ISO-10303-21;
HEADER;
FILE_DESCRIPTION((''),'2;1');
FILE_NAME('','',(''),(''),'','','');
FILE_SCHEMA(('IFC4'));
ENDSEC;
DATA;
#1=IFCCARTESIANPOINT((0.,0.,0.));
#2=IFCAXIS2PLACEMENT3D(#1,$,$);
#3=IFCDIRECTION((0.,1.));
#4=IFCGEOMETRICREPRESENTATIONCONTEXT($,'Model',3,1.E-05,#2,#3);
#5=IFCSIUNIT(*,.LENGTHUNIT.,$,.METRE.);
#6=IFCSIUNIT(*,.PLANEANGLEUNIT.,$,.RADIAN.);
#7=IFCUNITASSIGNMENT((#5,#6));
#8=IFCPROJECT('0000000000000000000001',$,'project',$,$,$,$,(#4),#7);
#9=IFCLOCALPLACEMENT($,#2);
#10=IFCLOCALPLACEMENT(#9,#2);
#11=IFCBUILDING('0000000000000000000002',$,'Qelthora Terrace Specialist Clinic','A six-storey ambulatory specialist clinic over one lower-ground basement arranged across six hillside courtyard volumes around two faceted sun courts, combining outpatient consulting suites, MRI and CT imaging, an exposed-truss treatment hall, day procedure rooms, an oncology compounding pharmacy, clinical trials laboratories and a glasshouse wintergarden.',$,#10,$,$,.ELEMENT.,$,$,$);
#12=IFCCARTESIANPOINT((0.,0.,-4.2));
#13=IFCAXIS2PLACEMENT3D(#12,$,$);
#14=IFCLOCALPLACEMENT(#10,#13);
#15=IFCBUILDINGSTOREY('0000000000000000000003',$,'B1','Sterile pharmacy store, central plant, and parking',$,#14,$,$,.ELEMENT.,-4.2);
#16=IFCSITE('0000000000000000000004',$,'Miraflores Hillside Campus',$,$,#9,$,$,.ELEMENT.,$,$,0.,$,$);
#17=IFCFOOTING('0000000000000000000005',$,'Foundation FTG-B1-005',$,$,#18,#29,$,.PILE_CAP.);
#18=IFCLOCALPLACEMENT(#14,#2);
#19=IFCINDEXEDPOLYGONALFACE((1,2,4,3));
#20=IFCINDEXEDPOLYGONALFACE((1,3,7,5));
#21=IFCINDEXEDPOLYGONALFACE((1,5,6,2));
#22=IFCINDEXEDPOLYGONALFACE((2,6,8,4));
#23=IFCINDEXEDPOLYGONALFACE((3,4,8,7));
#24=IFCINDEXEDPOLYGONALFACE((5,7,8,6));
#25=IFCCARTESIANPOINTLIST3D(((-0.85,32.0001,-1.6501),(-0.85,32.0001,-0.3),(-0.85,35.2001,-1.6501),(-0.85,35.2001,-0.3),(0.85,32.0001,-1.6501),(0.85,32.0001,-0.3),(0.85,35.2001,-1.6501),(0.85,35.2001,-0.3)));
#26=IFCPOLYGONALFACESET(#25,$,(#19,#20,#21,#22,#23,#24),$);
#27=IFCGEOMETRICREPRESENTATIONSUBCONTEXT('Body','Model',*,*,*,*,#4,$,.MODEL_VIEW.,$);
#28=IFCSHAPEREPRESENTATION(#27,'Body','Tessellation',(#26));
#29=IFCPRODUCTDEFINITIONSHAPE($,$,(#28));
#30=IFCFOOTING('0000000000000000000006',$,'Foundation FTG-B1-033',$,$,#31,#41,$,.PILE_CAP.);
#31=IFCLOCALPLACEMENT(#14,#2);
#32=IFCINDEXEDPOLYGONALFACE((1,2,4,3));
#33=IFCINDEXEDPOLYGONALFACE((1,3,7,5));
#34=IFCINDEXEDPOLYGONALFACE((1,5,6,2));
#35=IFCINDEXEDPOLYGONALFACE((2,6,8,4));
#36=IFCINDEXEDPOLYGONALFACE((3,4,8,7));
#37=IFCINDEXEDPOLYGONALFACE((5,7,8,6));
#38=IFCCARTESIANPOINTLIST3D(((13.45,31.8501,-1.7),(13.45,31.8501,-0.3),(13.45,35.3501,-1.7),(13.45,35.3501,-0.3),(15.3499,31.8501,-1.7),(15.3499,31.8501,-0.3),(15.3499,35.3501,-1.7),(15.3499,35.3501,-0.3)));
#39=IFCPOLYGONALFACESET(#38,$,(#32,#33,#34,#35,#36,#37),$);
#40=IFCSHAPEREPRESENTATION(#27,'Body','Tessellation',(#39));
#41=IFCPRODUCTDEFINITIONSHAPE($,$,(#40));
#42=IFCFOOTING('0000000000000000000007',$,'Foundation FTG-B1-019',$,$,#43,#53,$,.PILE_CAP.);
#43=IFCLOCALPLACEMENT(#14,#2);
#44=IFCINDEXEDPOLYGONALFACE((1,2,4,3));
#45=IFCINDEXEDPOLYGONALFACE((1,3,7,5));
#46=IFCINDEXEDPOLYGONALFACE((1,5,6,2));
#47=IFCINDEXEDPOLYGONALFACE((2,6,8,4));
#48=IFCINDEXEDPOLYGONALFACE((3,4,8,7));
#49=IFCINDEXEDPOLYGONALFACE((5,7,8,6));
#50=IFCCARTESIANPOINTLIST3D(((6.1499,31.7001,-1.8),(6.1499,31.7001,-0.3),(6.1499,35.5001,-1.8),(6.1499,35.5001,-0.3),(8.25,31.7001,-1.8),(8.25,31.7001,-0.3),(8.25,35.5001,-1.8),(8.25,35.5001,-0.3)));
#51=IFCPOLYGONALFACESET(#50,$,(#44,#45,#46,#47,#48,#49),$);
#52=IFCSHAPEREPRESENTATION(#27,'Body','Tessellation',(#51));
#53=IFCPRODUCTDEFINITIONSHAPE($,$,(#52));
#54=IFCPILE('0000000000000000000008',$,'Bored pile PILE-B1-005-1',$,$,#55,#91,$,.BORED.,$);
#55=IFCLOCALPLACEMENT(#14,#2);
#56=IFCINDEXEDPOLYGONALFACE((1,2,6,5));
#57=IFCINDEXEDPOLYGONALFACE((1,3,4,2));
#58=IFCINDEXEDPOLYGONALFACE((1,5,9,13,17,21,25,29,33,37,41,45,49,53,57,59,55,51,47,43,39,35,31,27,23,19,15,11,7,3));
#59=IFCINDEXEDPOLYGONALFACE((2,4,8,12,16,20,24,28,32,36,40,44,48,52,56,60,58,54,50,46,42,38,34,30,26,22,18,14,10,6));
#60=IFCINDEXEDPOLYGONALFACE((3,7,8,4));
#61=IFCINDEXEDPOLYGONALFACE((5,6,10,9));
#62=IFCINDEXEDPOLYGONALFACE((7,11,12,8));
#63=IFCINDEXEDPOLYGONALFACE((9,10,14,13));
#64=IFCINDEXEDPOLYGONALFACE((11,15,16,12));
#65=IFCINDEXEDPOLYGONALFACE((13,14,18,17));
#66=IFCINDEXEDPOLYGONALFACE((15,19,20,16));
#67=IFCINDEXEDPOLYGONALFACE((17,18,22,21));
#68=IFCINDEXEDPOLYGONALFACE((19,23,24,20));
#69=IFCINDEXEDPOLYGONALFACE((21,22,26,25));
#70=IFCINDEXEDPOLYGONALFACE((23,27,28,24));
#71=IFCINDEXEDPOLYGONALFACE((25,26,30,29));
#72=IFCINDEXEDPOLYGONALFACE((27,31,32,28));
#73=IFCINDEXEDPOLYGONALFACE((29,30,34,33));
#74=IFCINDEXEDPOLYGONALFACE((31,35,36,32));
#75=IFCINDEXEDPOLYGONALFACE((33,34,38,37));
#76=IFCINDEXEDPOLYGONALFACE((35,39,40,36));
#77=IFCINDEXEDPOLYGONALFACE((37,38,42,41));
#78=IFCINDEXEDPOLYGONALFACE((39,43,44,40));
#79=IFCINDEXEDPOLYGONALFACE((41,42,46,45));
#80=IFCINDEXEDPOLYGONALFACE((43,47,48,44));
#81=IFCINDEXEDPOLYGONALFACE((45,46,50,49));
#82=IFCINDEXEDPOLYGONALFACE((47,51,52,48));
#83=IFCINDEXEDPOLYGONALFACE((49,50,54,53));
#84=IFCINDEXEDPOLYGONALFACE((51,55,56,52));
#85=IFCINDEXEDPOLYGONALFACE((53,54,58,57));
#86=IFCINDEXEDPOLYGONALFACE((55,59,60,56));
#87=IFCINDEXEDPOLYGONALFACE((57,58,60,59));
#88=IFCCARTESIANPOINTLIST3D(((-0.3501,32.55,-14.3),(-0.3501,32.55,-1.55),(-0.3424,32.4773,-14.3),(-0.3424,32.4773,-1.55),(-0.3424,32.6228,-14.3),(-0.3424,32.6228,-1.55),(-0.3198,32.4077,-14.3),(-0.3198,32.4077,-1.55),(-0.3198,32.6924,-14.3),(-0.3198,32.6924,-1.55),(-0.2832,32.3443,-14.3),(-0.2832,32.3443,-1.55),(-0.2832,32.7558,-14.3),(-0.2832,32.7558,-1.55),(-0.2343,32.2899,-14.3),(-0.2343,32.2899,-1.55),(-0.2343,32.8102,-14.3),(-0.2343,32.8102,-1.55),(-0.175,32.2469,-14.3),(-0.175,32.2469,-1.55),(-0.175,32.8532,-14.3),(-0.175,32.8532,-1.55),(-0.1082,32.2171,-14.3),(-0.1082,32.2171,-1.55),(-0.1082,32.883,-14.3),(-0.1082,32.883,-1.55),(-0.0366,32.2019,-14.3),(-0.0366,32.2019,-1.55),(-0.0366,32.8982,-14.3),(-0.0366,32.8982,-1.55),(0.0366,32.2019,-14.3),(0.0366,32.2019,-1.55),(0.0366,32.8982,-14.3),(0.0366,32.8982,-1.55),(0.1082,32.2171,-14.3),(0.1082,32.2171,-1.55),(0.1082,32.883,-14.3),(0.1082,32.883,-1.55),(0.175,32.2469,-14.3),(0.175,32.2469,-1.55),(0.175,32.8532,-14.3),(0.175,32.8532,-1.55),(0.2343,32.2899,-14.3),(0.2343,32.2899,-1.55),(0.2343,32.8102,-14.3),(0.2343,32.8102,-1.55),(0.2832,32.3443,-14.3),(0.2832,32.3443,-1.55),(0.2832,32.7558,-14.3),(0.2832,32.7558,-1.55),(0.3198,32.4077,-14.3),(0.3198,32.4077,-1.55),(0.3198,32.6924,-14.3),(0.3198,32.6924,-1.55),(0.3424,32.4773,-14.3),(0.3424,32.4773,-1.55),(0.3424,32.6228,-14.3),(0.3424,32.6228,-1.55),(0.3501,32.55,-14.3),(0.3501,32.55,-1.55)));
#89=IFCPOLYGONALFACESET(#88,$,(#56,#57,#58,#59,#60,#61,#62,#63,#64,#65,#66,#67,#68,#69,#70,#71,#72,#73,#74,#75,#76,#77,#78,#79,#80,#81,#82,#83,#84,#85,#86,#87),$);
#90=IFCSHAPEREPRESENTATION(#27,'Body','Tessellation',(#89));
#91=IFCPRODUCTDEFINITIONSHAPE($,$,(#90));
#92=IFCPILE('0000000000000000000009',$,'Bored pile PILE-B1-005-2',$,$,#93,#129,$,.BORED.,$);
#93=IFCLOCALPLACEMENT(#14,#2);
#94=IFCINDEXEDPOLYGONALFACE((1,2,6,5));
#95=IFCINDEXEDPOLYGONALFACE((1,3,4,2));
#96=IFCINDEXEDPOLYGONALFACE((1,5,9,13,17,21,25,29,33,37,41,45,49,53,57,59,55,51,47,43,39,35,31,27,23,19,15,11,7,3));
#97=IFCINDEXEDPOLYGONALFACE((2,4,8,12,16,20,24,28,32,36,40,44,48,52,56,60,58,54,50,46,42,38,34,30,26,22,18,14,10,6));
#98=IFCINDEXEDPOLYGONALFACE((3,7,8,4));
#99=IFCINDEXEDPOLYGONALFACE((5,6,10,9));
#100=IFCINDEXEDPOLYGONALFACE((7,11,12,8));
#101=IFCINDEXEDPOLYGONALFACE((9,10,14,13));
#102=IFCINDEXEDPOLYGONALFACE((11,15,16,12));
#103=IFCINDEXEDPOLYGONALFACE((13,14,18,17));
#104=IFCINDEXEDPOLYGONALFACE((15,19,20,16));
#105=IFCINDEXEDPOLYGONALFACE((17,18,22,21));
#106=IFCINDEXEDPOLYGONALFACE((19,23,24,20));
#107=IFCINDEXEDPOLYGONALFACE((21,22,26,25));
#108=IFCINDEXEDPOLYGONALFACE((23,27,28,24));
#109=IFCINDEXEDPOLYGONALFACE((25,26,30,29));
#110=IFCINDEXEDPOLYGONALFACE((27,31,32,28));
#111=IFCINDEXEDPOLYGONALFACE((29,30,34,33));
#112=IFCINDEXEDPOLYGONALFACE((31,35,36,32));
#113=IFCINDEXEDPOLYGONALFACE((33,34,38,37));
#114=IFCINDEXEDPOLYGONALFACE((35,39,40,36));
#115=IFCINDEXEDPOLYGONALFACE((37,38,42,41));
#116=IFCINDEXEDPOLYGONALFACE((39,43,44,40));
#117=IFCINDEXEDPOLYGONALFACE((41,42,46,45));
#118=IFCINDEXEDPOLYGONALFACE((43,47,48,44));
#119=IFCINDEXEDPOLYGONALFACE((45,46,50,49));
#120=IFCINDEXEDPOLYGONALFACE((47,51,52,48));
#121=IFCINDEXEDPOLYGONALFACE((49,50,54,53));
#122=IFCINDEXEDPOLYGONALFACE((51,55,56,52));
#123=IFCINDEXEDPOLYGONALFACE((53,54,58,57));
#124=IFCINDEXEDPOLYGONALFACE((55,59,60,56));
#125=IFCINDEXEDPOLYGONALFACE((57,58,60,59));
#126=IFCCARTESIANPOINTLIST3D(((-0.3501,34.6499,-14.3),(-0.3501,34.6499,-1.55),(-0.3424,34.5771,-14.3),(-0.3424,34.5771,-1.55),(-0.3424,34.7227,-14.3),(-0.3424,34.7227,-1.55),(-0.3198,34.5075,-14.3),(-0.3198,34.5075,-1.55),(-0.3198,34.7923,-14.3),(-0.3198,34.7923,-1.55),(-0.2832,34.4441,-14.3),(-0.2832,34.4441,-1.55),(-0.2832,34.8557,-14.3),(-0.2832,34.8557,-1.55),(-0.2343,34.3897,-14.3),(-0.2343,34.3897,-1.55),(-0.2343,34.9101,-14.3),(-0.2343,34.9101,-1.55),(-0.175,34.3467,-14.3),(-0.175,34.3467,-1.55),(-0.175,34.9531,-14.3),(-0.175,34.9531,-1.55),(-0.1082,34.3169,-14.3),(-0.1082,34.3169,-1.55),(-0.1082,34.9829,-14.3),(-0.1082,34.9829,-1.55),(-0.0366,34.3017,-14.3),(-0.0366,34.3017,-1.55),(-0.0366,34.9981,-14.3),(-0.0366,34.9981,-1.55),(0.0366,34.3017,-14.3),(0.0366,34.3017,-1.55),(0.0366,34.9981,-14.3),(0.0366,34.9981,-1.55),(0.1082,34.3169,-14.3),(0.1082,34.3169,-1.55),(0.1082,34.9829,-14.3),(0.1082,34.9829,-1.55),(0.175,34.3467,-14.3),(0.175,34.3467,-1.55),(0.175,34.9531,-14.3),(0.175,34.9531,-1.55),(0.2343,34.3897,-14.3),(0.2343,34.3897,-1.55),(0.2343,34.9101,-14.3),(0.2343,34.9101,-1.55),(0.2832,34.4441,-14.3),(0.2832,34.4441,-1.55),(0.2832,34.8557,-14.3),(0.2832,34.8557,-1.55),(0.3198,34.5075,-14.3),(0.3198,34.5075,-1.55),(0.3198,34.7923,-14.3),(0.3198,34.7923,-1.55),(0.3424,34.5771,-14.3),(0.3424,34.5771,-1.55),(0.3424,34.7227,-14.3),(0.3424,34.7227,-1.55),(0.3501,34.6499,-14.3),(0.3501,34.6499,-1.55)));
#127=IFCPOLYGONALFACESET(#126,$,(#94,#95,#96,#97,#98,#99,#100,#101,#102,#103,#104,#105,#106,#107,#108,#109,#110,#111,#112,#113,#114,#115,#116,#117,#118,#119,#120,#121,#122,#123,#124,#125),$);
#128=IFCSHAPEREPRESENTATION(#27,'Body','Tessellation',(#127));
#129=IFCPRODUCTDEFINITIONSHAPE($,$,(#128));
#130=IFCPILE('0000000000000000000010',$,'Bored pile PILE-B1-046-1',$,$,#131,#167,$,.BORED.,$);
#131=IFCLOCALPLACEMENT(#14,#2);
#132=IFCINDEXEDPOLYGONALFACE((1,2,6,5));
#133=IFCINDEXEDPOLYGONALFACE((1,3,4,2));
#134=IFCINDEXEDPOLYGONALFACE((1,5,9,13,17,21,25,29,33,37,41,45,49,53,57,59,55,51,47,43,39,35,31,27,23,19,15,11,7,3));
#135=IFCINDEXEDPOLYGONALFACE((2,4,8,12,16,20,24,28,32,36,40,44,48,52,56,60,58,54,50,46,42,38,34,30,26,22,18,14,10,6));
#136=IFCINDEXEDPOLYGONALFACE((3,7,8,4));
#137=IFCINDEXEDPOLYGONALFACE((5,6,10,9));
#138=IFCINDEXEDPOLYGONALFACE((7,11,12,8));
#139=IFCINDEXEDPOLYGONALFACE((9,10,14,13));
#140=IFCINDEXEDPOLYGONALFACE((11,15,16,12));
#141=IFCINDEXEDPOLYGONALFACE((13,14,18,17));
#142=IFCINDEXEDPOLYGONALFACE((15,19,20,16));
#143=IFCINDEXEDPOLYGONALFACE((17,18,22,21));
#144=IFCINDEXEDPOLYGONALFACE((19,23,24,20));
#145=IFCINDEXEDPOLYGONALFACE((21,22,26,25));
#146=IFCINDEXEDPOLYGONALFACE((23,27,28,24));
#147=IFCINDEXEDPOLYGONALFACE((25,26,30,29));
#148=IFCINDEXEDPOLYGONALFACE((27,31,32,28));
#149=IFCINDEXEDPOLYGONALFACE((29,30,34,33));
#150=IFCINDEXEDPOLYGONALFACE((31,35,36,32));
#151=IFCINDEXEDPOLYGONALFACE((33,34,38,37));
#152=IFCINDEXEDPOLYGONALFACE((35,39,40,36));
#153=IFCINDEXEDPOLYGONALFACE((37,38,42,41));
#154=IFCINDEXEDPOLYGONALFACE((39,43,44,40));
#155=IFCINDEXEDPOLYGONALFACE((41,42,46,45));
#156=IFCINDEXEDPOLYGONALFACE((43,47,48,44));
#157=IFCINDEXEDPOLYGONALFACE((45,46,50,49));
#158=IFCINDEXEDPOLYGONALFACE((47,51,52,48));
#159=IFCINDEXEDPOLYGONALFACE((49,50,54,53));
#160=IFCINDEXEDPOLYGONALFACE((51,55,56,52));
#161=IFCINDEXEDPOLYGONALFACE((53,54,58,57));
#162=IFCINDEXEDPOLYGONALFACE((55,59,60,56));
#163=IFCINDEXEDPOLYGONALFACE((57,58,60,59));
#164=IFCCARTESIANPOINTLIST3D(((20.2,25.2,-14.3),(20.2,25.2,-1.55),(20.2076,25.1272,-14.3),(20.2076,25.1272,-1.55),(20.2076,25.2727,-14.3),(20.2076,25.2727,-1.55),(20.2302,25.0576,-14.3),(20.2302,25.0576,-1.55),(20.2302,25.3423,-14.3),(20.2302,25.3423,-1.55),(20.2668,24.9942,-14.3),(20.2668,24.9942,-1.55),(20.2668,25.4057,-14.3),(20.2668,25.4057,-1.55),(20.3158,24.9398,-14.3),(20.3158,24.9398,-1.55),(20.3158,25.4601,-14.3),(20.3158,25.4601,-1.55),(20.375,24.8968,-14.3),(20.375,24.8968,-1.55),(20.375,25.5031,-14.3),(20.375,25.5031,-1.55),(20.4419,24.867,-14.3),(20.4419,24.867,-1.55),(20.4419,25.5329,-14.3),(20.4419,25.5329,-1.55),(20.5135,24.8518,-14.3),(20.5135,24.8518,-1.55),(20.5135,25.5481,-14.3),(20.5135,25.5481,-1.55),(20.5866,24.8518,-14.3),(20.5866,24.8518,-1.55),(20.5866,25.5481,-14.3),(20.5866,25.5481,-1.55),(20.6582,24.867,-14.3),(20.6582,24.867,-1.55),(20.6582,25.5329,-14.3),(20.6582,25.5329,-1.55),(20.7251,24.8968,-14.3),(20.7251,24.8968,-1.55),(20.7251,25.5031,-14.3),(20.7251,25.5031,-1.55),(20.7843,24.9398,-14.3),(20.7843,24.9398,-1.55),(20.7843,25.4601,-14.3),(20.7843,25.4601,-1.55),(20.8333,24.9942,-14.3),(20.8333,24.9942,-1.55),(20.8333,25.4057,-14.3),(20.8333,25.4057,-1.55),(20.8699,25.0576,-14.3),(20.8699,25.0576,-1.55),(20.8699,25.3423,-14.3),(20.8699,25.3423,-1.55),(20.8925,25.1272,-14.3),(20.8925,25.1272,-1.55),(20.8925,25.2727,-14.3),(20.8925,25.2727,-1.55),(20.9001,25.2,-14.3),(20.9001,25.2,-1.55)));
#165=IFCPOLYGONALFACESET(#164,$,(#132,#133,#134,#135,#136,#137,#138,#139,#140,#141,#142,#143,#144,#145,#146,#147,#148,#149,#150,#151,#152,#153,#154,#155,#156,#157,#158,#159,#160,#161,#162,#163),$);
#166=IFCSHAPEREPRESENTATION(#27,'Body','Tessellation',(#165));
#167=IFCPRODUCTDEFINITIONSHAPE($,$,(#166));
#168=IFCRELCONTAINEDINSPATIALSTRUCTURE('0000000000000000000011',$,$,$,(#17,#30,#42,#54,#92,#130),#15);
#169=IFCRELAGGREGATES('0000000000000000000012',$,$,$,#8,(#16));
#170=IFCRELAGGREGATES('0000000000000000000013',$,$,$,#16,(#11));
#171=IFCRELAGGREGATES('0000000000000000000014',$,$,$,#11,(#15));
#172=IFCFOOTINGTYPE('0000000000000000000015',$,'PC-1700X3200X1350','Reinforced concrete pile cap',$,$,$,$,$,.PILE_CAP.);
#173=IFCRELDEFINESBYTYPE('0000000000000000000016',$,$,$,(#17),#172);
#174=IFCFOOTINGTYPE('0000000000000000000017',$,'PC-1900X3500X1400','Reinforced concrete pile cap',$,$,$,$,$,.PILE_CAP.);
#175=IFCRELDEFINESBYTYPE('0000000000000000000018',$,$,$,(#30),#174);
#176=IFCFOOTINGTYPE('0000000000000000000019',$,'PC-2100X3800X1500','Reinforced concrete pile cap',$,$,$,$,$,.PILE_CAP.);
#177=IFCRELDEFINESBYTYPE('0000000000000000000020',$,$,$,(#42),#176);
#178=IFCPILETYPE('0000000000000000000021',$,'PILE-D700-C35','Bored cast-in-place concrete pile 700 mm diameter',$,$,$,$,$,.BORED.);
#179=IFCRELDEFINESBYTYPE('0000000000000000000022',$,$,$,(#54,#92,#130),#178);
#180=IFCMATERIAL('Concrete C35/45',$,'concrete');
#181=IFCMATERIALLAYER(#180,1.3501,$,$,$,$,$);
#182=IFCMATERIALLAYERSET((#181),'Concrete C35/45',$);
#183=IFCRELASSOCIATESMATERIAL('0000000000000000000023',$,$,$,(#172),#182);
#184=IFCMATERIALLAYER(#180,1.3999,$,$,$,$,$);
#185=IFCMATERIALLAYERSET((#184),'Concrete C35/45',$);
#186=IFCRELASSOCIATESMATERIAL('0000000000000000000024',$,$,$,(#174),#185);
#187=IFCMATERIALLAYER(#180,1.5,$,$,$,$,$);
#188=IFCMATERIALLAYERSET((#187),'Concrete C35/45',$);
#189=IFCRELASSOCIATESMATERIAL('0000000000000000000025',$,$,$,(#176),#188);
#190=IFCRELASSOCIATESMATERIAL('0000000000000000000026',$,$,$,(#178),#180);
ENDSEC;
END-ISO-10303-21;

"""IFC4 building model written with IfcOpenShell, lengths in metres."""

from ifc_helpers import new_model, si_unit, direction, frame, origin, origin_2d, place, context, subcontext, project, spatial, rectangle, circle, extrude, material, layer, layer_set, material_profile, profile_set, type_object, element, save


model = new_model("IFC4")

# Units and contexts
model_context = context("Model", 3, precision=1e-05, world=origin(), true_north=direction((0.0, 1.0)))
body_context = subcontext(model_context, "Body", "Model", "MODEL_VIEW")
ifc_project = project(units=[si_unit("LENGTHUNIT", "METRE"), si_unit("PLANEANGLEUNIT", "RADIAN")], contexts=[model_context])

# Site, building, storey
site_placement = place(None, origin())
site = spatial("IfcSite", under=ifc_project, at=site_placement, Name="Miraflores Hillside Campus", CompositionType="ELEMENT", RefElevation=0.0)
building_placement = place(site_placement, origin())
building = spatial("IfcBuilding", under=site, at=building_placement, Name="Qelthora Terrace Specialist Clinic", Description="A six-storey ambulatory specialist clinic over one lower-ground basement arranged across six hillside courtyard volumes around two faceted sun courts, combining outpatient consulting suites, MRI and CT imaging, an exposed-truss treatment hall, day procedure rooms, an oncology compounding pharmacy, clinical trials laboratories and a glasshouse wintergarden.", CompositionType="ELEMENT")
storey_placement = place(building_placement, frame((0.0, 0.0, -4.2)))
storey = spatial("IfcBuildingStorey", under=building, at=storey_placement, Name="B1", Description="Sterile pharmacy store, central plant, and parking", CompositionType="ELEMENT", Elevation=-4.2)

# Footings
ifc_material_1 = material(Name="Concrete C35/45", Category="concrete")
ifc_layer_1 = layer(ifc_material_1, 1.3501)
ifc_layer_set_1 = layer_set([ifc_layer_1], Name="Concrete C35/45")
footing_type_1 = type_object("IfcFootingType", Name="PC-1700X3200X1350", Description="Reinforced concrete pile cap", PredefinedType="PILE_CAP", material=ifc_layer_set_1)
footing_1_placement = place(storey_placement, frame((0.0, 33.6001, -1.6501), z_axis=(0.0, 0.0, 1.0), x_axis=(1.0, 0.0, 0.0)))
element("IfcFooting", 1, at=footing_1_placement, inside=storey, type_object=footing_type_1, Name="Foundation FTG-B1-005", PredefinedType="PILE_CAP", context=body_context, shape_type="SweptSolid", body=[
    extrude(rectangle(XDim=1.7, YDim=3.2, at=origin_2d()), origin(), (0.0, 0.0, 1.0), 1.3501),
])
ifc_layer_2 = layer(ifc_material_1, 1.3999)
ifc_layer_set_2 = layer_set([ifc_layer_2], Name="Concrete C35/45")
footing_type_2 = type_object("IfcFootingType", Name="PC-1900X3500X1400", Description="Reinforced concrete pile cap", PredefinedType="PILE_CAP", material=ifc_layer_set_2)
footing_2_placement = place(storey_placement, frame((14.3999, 33.6001, -1.7), z_axis=(0.0, 0.0, 1.0), x_axis=(1.0, 0.0, 0.0)))
element("IfcFooting", 2, at=footing_2_placement, inside=storey, type_object=footing_type_2, Name="Foundation FTG-B1-033", PredefinedType="PILE_CAP", context=body_context, shape_type="SweptSolid", body=[
    extrude(rectangle(XDim=1.8999, YDim=3.5, at=origin_2d()), origin(), (0.0, 0.0, 1.0), 1.3999),
])
ifc_layer_3 = layer(ifc_material_1, 1.5)
ifc_layer_set_3 = layer_set([ifc_layer_3], Name="Concrete C35/45")
footing_type_3 = type_object("IfcFootingType", Name="PC-2100X3800X1500", Description="Reinforced concrete pile cap", PredefinedType="PILE_CAP", material=ifc_layer_set_3)
footing_3_placement = place(storey_placement, frame((7.2, 33.6001, -1.8), z_axis=(0.0, 0.0, 1.0), x_axis=(1.0, 0.0, 0.0)))
element("IfcFooting", 3, at=footing_3_placement, inside=storey, type_object=footing_type_3, Name="Foundation FTG-B1-019", PredefinedType="PILE_CAP", context=body_context, shape_type="SweptSolid", body=[
    extrude(rectangle(XDim=2.1001, YDim=3.8, at=origin_2d()), origin(), (0.0, 0.0, 1.0), 1.5),
])

# Piles
ifc_material_profile_1 = material_profile(ifc_material_1, circle(Radius=0.3501, at=origin_2d()), Name="PILE700")
ifc_profile_set_1 = profile_set([ifc_material_profile_1], Name="Concrete C35/45")
pile_type_1 = type_object("IfcPileType", Name="PILE-D700-C35", Description="Bored cast-in-place concrete pile 700 mm diameter", PredefinedType="BORED", material=ifc_profile_set_1)
for number, where, z_axis, x_axis, name in (
    (4, (0.0, 32.55, -1.55), (0.0, 0.0, -1.0), (1.0, 0.0, 0.0), "Bored pile PILE-B1-005-1"),
    (5, (0.0, 34.6499, -1.55), (0.0, 0.0, -1.0), (1.0, 0.0, 0.0), "Bored pile PILE-B1-005-2"),
    (6, (20.55, 25.2, -1.55), (0.0, 0.0, -1.0), (1.0, 0.0, 0.0), "Bored pile PILE-B1-046-1"),
):
    element("IfcPile", number, at=place(storey_placement, frame(where, z_axis=z_axis, x_axis=x_axis)), inside=storey, type_object=pile_type_1, Name=name, PredefinedType="BORED", context=body_context, shape_type="SweptSolid", body=[
        extrude(circle(Radius=0.3501, at=origin_2d()), origin(), (0.0, 0.0, 1.0), 12.75),
    ])

save(model, "model.ifc")
